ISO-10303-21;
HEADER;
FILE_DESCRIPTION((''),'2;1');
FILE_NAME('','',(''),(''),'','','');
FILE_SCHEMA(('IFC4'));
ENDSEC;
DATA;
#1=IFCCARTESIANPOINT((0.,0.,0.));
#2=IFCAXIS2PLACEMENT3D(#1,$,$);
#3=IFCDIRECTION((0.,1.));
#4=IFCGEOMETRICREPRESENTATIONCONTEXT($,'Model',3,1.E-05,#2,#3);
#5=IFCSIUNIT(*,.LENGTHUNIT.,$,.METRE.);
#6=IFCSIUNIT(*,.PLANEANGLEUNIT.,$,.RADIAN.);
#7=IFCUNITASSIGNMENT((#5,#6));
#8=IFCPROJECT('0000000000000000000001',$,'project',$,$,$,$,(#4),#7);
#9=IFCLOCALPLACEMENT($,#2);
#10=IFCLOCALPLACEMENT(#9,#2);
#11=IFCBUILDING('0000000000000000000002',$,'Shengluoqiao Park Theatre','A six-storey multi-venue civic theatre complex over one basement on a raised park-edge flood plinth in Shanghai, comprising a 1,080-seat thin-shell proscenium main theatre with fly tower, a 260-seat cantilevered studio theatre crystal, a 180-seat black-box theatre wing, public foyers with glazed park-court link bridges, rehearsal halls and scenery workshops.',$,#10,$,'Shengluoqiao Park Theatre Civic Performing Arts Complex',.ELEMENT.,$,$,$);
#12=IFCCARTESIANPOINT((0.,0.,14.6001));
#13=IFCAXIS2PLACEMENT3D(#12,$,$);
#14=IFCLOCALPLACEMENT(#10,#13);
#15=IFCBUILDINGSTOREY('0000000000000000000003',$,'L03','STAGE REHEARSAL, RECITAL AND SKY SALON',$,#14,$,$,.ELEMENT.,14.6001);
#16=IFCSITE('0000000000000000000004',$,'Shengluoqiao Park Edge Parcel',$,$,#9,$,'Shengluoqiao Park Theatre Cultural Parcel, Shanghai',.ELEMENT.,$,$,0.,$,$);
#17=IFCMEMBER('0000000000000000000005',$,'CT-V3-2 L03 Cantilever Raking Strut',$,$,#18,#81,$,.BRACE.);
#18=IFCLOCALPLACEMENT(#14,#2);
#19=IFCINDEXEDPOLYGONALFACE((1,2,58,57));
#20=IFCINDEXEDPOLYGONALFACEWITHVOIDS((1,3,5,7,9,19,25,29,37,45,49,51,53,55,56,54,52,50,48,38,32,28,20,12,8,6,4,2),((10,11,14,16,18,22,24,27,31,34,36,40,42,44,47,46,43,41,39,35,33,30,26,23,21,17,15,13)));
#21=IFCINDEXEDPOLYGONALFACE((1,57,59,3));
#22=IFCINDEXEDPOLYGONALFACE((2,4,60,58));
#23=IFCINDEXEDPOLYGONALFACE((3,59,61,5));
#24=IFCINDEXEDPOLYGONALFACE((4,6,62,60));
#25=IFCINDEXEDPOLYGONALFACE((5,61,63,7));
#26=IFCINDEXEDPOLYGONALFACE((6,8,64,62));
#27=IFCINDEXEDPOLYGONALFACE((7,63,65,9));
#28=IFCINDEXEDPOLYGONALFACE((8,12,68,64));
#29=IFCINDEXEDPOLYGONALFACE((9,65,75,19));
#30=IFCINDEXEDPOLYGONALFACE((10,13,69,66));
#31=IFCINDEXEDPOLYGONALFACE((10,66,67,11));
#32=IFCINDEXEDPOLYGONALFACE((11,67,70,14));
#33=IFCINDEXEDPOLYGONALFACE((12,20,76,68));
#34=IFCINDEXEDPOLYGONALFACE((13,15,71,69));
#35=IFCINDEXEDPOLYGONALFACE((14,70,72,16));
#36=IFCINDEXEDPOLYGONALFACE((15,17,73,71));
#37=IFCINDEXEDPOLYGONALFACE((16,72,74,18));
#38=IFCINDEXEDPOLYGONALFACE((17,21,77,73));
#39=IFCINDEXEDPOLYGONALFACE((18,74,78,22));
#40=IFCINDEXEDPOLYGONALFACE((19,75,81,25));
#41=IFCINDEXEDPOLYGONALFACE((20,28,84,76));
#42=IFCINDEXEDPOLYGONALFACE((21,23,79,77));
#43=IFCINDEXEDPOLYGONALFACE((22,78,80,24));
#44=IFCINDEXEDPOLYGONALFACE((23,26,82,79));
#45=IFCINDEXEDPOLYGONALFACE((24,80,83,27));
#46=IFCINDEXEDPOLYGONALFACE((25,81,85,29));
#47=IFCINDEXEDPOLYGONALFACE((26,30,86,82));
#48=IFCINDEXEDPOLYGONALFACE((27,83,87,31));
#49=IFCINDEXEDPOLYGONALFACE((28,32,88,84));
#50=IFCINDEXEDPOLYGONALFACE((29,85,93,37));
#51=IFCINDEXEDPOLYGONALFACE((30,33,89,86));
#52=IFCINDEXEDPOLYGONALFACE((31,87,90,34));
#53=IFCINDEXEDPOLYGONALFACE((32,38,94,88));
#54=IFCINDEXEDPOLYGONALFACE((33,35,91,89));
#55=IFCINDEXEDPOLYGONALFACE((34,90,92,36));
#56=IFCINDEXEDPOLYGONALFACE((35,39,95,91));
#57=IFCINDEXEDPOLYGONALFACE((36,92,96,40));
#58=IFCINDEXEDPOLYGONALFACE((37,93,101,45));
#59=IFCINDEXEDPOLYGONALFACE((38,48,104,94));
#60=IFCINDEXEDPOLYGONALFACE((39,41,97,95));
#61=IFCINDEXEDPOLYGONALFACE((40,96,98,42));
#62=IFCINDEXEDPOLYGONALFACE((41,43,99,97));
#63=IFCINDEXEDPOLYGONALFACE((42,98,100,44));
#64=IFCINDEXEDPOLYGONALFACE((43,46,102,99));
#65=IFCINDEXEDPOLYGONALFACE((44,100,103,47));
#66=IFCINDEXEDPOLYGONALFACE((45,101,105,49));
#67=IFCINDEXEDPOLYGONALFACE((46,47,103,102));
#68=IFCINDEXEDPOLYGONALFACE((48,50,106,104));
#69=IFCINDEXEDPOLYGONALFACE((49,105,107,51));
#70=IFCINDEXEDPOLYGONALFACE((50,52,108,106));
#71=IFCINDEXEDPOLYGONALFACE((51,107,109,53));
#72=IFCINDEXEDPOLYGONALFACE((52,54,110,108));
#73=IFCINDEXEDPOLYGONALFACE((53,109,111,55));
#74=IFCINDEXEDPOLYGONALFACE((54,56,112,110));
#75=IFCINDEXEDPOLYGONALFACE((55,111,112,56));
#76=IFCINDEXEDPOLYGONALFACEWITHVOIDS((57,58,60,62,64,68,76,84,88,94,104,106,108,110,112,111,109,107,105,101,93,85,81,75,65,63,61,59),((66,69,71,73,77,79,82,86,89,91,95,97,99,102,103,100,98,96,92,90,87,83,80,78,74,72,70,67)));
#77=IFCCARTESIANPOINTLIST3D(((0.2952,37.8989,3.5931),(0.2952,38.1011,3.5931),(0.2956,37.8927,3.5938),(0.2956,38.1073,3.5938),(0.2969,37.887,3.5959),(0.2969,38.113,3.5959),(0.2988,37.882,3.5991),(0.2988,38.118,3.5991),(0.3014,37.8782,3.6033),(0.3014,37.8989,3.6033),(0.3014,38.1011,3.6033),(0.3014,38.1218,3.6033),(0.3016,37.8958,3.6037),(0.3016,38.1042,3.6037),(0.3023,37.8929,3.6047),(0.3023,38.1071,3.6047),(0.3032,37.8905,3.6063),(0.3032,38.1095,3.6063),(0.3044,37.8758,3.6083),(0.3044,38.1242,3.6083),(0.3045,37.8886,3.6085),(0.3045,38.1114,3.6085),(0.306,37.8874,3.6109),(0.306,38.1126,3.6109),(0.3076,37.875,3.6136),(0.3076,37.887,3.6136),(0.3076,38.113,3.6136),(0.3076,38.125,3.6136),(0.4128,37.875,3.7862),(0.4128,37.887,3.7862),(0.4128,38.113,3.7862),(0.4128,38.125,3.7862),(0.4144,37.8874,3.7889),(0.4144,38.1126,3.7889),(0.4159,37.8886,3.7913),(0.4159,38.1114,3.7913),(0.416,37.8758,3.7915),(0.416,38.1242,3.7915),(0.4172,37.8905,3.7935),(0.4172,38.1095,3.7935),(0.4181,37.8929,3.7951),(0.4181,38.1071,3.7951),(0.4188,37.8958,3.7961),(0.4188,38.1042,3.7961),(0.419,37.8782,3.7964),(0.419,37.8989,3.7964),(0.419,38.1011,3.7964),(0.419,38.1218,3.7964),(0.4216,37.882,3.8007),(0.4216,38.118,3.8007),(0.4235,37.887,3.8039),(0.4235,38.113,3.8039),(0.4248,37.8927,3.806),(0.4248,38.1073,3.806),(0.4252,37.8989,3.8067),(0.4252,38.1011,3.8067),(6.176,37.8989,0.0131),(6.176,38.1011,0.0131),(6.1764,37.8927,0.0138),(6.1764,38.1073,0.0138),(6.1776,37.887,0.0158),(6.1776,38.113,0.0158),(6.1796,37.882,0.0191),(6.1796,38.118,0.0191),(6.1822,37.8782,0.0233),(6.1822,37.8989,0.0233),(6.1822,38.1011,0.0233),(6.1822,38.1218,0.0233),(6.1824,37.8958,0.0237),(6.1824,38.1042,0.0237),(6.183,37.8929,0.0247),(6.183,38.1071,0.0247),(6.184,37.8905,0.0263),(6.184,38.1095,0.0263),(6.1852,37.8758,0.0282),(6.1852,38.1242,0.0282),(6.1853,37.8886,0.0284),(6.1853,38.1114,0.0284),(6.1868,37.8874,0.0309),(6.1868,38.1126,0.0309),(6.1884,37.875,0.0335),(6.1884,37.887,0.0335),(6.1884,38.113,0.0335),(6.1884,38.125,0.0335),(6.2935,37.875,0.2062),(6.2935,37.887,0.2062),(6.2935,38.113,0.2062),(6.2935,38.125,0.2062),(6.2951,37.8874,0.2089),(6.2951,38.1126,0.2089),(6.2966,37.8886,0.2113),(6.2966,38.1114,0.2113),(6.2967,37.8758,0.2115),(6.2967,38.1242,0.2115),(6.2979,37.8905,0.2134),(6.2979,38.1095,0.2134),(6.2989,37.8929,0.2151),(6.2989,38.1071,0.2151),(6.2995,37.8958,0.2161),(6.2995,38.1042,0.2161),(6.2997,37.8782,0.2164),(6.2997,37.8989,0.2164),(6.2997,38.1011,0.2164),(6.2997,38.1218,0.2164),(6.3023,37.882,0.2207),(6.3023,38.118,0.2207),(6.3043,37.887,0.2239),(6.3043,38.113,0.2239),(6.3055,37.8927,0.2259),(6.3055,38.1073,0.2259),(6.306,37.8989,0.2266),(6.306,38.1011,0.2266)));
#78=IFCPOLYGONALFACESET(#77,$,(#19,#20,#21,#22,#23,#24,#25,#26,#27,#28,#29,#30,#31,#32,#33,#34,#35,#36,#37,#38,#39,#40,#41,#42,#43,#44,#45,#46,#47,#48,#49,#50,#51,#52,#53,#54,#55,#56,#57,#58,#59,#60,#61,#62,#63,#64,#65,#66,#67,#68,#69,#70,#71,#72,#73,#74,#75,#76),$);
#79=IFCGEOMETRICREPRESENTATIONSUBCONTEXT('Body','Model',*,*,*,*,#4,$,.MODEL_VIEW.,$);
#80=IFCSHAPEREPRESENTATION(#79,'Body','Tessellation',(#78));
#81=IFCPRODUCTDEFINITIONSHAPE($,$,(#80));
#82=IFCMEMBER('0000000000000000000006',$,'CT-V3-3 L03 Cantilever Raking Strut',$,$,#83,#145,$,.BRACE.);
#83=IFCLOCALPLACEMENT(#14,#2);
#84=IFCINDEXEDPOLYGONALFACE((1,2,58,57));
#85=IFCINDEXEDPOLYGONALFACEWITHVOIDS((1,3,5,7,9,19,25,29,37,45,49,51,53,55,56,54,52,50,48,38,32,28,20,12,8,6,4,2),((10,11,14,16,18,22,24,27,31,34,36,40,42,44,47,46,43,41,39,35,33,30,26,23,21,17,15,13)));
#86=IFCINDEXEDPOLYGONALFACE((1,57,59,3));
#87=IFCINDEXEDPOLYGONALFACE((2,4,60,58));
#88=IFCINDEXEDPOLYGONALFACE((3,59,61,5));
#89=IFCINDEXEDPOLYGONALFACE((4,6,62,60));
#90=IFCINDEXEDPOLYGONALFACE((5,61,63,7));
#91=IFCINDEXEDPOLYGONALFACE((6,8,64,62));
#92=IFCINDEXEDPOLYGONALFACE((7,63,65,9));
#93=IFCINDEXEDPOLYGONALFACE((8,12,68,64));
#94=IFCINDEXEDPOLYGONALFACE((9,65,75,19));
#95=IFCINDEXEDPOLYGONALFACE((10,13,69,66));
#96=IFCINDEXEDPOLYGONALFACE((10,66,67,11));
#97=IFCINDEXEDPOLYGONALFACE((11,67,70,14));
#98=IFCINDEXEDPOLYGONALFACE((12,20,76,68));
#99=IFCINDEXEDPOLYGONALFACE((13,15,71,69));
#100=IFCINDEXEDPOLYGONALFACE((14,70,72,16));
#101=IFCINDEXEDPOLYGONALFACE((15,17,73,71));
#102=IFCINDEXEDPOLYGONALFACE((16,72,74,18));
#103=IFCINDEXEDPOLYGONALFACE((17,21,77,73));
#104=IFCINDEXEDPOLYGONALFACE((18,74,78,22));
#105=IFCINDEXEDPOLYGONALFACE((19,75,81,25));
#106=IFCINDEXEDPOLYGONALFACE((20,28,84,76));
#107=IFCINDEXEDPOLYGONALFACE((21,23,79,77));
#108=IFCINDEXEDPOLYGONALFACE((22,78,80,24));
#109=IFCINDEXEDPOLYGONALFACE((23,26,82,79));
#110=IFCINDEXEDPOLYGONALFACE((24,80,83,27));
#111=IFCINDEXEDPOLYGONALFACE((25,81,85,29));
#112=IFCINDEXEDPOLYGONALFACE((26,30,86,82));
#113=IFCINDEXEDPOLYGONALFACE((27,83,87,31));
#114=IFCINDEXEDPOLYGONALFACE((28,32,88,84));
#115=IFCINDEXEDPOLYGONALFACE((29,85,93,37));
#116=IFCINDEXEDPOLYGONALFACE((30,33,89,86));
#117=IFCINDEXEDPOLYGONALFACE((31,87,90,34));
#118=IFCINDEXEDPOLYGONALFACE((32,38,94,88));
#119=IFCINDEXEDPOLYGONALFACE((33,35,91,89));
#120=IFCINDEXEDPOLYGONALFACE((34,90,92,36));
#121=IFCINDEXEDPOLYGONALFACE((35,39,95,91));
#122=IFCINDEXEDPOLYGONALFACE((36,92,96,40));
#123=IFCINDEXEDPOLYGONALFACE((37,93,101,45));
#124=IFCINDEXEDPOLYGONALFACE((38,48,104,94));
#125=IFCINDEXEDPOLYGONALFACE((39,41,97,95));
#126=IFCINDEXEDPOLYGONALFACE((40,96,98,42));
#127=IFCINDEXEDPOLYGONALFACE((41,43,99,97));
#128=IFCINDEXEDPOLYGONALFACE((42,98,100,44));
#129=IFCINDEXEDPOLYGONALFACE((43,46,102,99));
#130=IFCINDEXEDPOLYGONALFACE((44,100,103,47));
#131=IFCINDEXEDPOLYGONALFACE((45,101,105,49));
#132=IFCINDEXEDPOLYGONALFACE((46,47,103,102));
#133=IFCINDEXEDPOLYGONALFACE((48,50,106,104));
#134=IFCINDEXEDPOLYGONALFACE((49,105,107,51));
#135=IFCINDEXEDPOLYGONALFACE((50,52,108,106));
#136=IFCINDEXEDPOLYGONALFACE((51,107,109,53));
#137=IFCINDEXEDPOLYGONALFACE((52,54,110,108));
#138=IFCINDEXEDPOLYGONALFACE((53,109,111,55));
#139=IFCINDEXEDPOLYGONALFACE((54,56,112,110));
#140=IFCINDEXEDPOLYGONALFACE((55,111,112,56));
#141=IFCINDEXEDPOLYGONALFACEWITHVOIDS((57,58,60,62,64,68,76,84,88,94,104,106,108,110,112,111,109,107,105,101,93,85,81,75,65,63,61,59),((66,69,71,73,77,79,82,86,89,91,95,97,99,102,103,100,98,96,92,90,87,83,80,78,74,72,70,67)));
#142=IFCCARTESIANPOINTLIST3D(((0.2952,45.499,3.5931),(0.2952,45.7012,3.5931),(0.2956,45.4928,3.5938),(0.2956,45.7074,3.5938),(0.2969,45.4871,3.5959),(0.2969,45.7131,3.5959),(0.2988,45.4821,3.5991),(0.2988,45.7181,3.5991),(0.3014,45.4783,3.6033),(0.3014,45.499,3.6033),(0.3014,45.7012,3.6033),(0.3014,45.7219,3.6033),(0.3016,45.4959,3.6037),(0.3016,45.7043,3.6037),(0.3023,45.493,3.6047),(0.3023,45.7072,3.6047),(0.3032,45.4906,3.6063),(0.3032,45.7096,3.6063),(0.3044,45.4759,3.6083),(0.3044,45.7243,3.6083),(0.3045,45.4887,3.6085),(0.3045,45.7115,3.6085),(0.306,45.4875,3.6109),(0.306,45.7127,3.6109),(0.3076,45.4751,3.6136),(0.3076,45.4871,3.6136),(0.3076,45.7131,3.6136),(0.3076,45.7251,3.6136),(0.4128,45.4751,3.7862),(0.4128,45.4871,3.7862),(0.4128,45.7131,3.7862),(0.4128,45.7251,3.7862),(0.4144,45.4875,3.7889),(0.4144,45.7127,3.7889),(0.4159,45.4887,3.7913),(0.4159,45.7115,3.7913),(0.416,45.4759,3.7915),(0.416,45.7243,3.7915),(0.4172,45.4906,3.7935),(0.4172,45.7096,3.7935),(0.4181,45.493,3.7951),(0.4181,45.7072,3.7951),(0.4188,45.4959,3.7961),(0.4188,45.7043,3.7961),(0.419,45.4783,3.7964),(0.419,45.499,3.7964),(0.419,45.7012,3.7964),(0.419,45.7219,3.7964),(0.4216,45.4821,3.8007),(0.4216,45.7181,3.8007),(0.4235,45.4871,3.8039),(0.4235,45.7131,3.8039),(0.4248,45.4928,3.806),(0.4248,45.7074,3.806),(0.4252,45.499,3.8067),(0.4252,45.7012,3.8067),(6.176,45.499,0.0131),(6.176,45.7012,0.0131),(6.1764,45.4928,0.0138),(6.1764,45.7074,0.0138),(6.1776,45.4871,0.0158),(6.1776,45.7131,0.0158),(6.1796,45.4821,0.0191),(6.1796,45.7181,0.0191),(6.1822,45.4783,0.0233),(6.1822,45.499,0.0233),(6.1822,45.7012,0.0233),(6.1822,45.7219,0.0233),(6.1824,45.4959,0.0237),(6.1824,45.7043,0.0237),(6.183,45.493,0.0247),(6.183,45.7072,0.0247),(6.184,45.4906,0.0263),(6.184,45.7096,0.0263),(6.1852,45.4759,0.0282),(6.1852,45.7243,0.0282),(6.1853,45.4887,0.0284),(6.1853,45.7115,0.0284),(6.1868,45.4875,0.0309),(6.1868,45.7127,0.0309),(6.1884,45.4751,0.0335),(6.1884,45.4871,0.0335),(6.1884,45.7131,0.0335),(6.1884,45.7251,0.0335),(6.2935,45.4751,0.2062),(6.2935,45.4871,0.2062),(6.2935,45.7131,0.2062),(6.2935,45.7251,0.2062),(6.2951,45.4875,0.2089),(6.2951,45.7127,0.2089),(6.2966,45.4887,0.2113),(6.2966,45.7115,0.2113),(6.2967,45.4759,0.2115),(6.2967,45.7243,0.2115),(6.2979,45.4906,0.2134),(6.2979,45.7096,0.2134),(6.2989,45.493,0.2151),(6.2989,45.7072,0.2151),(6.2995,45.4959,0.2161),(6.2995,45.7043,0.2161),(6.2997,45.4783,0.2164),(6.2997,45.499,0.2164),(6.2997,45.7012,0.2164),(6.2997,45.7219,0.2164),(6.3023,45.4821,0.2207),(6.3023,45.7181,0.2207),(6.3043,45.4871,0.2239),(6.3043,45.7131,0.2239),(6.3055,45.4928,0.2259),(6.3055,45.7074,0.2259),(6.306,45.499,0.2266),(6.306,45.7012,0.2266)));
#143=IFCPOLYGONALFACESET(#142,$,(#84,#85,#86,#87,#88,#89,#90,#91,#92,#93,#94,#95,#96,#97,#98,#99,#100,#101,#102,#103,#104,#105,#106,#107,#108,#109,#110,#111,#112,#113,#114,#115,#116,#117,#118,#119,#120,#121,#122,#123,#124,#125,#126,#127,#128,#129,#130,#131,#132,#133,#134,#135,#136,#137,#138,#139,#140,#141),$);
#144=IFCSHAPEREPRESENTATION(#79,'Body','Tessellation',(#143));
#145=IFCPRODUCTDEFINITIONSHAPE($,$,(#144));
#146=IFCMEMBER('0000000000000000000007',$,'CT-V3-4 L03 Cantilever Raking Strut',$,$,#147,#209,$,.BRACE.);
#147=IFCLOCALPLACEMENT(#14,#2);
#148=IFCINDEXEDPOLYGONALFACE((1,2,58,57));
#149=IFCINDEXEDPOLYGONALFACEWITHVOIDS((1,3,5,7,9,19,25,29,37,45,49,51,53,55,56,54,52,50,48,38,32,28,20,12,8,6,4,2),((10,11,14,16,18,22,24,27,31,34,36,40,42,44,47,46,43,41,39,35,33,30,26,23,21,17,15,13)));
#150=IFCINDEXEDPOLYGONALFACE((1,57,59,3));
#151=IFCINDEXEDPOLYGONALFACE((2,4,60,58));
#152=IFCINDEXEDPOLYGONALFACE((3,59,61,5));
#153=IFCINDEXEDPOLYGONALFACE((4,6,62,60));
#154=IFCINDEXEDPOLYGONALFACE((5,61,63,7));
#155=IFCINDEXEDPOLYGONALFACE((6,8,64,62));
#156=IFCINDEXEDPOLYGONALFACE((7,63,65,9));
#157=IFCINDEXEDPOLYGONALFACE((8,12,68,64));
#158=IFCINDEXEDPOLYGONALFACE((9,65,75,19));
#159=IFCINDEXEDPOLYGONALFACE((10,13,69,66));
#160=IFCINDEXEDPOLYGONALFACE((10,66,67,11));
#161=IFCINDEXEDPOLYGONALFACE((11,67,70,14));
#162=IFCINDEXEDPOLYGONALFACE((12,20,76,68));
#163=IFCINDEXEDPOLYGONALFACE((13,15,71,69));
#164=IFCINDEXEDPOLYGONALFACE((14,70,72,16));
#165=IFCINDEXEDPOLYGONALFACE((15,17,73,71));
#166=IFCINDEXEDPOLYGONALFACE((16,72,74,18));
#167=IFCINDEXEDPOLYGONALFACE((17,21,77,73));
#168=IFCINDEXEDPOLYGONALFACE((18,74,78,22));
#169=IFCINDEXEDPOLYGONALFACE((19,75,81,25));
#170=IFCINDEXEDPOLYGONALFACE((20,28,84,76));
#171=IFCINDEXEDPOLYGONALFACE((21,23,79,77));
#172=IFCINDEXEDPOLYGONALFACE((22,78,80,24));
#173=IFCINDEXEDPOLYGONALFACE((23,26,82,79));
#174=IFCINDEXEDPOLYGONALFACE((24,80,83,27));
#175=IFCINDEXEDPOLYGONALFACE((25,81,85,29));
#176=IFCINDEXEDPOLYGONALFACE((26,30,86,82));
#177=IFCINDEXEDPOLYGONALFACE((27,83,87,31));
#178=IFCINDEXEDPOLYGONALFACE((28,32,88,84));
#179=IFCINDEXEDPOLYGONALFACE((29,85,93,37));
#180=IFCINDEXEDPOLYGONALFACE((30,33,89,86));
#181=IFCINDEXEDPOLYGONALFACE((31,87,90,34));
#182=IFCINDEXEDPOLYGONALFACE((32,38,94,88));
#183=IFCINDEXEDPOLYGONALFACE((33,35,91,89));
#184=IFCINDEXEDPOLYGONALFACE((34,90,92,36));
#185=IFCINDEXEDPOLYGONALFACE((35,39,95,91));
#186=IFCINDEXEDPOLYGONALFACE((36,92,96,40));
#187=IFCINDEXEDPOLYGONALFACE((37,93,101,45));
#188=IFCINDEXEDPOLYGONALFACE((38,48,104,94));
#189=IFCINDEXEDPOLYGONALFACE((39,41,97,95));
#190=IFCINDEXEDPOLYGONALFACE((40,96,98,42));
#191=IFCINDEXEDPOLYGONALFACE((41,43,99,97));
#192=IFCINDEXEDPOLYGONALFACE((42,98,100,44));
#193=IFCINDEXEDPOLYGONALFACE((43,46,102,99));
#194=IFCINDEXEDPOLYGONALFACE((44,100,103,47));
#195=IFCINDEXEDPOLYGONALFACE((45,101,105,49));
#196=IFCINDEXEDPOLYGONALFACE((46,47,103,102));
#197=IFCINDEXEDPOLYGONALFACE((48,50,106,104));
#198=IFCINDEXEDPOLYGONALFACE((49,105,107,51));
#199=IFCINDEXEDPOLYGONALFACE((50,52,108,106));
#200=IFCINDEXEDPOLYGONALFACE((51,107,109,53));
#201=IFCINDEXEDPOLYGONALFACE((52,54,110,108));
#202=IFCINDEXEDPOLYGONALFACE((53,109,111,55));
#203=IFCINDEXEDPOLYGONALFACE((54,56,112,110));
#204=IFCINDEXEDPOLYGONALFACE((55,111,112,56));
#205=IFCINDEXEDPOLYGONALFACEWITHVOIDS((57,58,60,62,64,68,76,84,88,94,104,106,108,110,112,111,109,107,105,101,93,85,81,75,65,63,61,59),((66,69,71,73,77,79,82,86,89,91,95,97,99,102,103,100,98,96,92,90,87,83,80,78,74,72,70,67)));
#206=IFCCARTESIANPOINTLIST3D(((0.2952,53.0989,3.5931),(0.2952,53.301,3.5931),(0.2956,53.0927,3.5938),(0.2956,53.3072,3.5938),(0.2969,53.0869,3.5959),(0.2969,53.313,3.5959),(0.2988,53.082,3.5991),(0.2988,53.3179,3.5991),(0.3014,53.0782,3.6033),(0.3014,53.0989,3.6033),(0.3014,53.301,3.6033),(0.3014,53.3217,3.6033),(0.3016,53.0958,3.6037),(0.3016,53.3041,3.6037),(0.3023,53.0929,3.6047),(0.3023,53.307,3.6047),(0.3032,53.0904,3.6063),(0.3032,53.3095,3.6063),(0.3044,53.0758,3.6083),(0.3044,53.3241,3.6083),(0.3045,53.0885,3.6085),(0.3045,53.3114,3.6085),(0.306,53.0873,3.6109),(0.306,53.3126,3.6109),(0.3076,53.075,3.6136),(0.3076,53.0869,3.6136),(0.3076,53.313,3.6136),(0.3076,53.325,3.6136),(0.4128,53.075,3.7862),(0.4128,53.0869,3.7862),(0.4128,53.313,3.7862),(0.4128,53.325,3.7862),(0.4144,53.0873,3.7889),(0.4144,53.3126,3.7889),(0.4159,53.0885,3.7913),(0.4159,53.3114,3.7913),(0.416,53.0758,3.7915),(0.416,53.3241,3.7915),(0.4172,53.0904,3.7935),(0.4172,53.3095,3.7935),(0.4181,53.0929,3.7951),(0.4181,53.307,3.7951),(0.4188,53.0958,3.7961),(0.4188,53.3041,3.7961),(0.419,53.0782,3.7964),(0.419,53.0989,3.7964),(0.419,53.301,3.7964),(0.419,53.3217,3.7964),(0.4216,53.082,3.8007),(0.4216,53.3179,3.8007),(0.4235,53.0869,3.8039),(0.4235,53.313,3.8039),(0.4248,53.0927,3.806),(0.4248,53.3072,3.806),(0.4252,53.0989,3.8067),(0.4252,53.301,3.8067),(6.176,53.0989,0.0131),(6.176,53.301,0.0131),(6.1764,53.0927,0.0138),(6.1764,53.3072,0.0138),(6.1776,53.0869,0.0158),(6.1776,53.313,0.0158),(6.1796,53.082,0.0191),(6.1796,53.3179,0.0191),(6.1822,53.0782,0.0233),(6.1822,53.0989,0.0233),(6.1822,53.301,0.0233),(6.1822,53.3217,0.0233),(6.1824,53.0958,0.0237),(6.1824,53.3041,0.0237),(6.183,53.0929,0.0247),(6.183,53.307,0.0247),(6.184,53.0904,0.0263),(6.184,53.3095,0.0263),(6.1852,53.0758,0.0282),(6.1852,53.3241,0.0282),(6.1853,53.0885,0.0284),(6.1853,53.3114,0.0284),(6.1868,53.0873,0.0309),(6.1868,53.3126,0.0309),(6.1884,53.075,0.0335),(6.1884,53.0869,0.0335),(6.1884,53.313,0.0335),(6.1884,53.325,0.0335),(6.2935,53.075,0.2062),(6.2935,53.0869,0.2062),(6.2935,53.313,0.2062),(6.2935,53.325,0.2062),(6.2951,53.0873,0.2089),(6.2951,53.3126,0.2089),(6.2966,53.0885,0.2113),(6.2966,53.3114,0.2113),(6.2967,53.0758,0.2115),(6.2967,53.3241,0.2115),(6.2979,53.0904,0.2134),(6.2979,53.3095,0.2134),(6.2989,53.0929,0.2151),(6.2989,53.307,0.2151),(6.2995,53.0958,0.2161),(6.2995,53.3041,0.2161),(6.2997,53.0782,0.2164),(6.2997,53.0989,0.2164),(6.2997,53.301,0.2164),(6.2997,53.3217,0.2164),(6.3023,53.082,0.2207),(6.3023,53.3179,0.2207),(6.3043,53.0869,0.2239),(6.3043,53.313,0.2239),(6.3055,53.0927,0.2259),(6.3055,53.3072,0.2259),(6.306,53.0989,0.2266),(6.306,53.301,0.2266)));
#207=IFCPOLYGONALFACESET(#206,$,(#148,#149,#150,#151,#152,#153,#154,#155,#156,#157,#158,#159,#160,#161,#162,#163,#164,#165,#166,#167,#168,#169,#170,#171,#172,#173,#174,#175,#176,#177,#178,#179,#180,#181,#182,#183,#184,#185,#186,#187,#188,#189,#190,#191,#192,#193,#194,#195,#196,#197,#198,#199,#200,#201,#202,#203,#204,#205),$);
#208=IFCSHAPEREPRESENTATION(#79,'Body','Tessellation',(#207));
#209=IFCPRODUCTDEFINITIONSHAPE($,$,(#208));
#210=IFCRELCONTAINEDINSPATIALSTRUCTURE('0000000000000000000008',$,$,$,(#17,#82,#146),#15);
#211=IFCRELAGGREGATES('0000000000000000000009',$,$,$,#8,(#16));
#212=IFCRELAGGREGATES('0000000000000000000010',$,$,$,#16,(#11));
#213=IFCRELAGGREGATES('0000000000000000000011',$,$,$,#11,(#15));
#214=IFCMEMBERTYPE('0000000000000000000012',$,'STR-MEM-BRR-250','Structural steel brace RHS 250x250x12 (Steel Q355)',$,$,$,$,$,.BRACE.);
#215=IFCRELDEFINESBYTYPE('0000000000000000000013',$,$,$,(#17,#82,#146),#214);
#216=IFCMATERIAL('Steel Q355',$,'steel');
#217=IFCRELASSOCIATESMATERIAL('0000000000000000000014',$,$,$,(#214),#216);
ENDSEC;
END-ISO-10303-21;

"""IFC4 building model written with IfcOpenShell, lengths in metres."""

from ifc_helpers import new_model, si_unit, direction, frame, origin, origin_2d, place, context, subcontext, project, spatial, hollow_rectangle, extrude, material, material_profile, profile_set, type_object, element, save


model = new_model("IFC4")

# Units and contexts
model_context = context("Model", 3, precision=1e-05, world=origin(), true_north=direction((0.0, 1.0)))
body_context = subcontext(model_context, "Body", "Model", "MODEL_VIEW")
ifc_project = project(units=[si_unit("LENGTHUNIT", "METRE"), si_unit("PLANEANGLEUNIT", "RADIAN")], contexts=[model_context])

# Site, building, storey
site_placement = place(None, origin())
site = spatial("IfcSite", under=ifc_project, at=site_placement, Name="Shengluoqiao Park Edge Parcel", LongName="Shengluoqiao Park Theatre Cultural Parcel, Shanghai", CompositionType="ELEMENT", RefElevation=0.0)
building_placement = place(site_placement, origin())
building = spatial("IfcBuilding", under=site, at=building_placement, Name="Shengluoqiao Park Theatre", Description="A six-storey multi-venue civic theatre complex over one basement on a raised park-edge flood plinth in Shanghai, comprising a 1,080-seat thin-shell proscenium main theatre with fly tower, a 260-seat cantilevered studio theatre crystal, a 180-seat black-box theatre wing, public foyers with glazed park-court link bridges, rehearsal halls and scenery workshops.", LongName="Shengluoqiao Park Theatre Civic Performing Arts Complex", CompositionType="ELEMENT")
storey_placement = place(building_placement, frame((0.0, 0.0, 14.6001)))
storey = spatial("IfcBuildingStorey", under=building, at=storey_placement, Name="L03", Description="STAGE REHEARSAL, RECITAL AND SKY SALON", CompositionType="ELEMENT", Elevation=14.6001)

# Shared definitions
ifc_material_1 = material(Name="Steel Q355", Category="steel")

# Members
ifc_material_profile_1 = material_profile(ifc_material_1, hollow_rectangle(XDim=0.25, YDim=0.25, WallThickness=0.012, InnerFilletRadius=0.012, OuterFilletRadius=0.0239, at=origin_2d()), Name="RHS 250x250x12")
ifc_profile_set_1 = profile_set([ifc_material_profile_1], Name="Steel Q355")
member_type = type_object("IfcMemberType", Name="STR-MEM-BRR-250", Description="Structural steel brace RHS 250x250x12 (Steel Q355)", PredefinedType="BRACE", material=ifc_profile_set_1)
for number, where, z_axis, x_axis, name in (
    (1, (6.241, 38.0, 0.1199), (-0.854171, 0.0, 0.519992), (0.0, -1.0, 0.0), "CT-V3-2 L03 Cantilever Raking Strut"),
    (2, (6.241, 45.6001, 0.1199), (-0.854171, 0.0, 0.519992), (0.0, -1.0, 0.0), "CT-V3-3 L03 Cantilever Raking Strut"),
    (3, (6.241, 53.2, 0.1199), (-0.854171, 0.0, 0.519992), (0.0, -1.0, 0.0), "CT-V3-4 L03 Cantilever Raking Strut"),
):
    element("IfcMember", number, at=place(storey_placement, frame(where, z_axis=z_axis, x_axis=x_axis)), inside=storey, type_object=member_type, Name=name, PredefinedType="BRACE", context=body_context, shape_type="SweptSolid", body=[
        extrude(hollow_rectangle(XDim=0.25, YDim=0.25, WallThickness=0.012, InnerFilletRadius=0.012, OuterFilletRadius=0.0239, at=origin_2d()), origin(), (0.0, 0.0, 1.0), 6.8848),
    ])

save(model, "model.ifc")
